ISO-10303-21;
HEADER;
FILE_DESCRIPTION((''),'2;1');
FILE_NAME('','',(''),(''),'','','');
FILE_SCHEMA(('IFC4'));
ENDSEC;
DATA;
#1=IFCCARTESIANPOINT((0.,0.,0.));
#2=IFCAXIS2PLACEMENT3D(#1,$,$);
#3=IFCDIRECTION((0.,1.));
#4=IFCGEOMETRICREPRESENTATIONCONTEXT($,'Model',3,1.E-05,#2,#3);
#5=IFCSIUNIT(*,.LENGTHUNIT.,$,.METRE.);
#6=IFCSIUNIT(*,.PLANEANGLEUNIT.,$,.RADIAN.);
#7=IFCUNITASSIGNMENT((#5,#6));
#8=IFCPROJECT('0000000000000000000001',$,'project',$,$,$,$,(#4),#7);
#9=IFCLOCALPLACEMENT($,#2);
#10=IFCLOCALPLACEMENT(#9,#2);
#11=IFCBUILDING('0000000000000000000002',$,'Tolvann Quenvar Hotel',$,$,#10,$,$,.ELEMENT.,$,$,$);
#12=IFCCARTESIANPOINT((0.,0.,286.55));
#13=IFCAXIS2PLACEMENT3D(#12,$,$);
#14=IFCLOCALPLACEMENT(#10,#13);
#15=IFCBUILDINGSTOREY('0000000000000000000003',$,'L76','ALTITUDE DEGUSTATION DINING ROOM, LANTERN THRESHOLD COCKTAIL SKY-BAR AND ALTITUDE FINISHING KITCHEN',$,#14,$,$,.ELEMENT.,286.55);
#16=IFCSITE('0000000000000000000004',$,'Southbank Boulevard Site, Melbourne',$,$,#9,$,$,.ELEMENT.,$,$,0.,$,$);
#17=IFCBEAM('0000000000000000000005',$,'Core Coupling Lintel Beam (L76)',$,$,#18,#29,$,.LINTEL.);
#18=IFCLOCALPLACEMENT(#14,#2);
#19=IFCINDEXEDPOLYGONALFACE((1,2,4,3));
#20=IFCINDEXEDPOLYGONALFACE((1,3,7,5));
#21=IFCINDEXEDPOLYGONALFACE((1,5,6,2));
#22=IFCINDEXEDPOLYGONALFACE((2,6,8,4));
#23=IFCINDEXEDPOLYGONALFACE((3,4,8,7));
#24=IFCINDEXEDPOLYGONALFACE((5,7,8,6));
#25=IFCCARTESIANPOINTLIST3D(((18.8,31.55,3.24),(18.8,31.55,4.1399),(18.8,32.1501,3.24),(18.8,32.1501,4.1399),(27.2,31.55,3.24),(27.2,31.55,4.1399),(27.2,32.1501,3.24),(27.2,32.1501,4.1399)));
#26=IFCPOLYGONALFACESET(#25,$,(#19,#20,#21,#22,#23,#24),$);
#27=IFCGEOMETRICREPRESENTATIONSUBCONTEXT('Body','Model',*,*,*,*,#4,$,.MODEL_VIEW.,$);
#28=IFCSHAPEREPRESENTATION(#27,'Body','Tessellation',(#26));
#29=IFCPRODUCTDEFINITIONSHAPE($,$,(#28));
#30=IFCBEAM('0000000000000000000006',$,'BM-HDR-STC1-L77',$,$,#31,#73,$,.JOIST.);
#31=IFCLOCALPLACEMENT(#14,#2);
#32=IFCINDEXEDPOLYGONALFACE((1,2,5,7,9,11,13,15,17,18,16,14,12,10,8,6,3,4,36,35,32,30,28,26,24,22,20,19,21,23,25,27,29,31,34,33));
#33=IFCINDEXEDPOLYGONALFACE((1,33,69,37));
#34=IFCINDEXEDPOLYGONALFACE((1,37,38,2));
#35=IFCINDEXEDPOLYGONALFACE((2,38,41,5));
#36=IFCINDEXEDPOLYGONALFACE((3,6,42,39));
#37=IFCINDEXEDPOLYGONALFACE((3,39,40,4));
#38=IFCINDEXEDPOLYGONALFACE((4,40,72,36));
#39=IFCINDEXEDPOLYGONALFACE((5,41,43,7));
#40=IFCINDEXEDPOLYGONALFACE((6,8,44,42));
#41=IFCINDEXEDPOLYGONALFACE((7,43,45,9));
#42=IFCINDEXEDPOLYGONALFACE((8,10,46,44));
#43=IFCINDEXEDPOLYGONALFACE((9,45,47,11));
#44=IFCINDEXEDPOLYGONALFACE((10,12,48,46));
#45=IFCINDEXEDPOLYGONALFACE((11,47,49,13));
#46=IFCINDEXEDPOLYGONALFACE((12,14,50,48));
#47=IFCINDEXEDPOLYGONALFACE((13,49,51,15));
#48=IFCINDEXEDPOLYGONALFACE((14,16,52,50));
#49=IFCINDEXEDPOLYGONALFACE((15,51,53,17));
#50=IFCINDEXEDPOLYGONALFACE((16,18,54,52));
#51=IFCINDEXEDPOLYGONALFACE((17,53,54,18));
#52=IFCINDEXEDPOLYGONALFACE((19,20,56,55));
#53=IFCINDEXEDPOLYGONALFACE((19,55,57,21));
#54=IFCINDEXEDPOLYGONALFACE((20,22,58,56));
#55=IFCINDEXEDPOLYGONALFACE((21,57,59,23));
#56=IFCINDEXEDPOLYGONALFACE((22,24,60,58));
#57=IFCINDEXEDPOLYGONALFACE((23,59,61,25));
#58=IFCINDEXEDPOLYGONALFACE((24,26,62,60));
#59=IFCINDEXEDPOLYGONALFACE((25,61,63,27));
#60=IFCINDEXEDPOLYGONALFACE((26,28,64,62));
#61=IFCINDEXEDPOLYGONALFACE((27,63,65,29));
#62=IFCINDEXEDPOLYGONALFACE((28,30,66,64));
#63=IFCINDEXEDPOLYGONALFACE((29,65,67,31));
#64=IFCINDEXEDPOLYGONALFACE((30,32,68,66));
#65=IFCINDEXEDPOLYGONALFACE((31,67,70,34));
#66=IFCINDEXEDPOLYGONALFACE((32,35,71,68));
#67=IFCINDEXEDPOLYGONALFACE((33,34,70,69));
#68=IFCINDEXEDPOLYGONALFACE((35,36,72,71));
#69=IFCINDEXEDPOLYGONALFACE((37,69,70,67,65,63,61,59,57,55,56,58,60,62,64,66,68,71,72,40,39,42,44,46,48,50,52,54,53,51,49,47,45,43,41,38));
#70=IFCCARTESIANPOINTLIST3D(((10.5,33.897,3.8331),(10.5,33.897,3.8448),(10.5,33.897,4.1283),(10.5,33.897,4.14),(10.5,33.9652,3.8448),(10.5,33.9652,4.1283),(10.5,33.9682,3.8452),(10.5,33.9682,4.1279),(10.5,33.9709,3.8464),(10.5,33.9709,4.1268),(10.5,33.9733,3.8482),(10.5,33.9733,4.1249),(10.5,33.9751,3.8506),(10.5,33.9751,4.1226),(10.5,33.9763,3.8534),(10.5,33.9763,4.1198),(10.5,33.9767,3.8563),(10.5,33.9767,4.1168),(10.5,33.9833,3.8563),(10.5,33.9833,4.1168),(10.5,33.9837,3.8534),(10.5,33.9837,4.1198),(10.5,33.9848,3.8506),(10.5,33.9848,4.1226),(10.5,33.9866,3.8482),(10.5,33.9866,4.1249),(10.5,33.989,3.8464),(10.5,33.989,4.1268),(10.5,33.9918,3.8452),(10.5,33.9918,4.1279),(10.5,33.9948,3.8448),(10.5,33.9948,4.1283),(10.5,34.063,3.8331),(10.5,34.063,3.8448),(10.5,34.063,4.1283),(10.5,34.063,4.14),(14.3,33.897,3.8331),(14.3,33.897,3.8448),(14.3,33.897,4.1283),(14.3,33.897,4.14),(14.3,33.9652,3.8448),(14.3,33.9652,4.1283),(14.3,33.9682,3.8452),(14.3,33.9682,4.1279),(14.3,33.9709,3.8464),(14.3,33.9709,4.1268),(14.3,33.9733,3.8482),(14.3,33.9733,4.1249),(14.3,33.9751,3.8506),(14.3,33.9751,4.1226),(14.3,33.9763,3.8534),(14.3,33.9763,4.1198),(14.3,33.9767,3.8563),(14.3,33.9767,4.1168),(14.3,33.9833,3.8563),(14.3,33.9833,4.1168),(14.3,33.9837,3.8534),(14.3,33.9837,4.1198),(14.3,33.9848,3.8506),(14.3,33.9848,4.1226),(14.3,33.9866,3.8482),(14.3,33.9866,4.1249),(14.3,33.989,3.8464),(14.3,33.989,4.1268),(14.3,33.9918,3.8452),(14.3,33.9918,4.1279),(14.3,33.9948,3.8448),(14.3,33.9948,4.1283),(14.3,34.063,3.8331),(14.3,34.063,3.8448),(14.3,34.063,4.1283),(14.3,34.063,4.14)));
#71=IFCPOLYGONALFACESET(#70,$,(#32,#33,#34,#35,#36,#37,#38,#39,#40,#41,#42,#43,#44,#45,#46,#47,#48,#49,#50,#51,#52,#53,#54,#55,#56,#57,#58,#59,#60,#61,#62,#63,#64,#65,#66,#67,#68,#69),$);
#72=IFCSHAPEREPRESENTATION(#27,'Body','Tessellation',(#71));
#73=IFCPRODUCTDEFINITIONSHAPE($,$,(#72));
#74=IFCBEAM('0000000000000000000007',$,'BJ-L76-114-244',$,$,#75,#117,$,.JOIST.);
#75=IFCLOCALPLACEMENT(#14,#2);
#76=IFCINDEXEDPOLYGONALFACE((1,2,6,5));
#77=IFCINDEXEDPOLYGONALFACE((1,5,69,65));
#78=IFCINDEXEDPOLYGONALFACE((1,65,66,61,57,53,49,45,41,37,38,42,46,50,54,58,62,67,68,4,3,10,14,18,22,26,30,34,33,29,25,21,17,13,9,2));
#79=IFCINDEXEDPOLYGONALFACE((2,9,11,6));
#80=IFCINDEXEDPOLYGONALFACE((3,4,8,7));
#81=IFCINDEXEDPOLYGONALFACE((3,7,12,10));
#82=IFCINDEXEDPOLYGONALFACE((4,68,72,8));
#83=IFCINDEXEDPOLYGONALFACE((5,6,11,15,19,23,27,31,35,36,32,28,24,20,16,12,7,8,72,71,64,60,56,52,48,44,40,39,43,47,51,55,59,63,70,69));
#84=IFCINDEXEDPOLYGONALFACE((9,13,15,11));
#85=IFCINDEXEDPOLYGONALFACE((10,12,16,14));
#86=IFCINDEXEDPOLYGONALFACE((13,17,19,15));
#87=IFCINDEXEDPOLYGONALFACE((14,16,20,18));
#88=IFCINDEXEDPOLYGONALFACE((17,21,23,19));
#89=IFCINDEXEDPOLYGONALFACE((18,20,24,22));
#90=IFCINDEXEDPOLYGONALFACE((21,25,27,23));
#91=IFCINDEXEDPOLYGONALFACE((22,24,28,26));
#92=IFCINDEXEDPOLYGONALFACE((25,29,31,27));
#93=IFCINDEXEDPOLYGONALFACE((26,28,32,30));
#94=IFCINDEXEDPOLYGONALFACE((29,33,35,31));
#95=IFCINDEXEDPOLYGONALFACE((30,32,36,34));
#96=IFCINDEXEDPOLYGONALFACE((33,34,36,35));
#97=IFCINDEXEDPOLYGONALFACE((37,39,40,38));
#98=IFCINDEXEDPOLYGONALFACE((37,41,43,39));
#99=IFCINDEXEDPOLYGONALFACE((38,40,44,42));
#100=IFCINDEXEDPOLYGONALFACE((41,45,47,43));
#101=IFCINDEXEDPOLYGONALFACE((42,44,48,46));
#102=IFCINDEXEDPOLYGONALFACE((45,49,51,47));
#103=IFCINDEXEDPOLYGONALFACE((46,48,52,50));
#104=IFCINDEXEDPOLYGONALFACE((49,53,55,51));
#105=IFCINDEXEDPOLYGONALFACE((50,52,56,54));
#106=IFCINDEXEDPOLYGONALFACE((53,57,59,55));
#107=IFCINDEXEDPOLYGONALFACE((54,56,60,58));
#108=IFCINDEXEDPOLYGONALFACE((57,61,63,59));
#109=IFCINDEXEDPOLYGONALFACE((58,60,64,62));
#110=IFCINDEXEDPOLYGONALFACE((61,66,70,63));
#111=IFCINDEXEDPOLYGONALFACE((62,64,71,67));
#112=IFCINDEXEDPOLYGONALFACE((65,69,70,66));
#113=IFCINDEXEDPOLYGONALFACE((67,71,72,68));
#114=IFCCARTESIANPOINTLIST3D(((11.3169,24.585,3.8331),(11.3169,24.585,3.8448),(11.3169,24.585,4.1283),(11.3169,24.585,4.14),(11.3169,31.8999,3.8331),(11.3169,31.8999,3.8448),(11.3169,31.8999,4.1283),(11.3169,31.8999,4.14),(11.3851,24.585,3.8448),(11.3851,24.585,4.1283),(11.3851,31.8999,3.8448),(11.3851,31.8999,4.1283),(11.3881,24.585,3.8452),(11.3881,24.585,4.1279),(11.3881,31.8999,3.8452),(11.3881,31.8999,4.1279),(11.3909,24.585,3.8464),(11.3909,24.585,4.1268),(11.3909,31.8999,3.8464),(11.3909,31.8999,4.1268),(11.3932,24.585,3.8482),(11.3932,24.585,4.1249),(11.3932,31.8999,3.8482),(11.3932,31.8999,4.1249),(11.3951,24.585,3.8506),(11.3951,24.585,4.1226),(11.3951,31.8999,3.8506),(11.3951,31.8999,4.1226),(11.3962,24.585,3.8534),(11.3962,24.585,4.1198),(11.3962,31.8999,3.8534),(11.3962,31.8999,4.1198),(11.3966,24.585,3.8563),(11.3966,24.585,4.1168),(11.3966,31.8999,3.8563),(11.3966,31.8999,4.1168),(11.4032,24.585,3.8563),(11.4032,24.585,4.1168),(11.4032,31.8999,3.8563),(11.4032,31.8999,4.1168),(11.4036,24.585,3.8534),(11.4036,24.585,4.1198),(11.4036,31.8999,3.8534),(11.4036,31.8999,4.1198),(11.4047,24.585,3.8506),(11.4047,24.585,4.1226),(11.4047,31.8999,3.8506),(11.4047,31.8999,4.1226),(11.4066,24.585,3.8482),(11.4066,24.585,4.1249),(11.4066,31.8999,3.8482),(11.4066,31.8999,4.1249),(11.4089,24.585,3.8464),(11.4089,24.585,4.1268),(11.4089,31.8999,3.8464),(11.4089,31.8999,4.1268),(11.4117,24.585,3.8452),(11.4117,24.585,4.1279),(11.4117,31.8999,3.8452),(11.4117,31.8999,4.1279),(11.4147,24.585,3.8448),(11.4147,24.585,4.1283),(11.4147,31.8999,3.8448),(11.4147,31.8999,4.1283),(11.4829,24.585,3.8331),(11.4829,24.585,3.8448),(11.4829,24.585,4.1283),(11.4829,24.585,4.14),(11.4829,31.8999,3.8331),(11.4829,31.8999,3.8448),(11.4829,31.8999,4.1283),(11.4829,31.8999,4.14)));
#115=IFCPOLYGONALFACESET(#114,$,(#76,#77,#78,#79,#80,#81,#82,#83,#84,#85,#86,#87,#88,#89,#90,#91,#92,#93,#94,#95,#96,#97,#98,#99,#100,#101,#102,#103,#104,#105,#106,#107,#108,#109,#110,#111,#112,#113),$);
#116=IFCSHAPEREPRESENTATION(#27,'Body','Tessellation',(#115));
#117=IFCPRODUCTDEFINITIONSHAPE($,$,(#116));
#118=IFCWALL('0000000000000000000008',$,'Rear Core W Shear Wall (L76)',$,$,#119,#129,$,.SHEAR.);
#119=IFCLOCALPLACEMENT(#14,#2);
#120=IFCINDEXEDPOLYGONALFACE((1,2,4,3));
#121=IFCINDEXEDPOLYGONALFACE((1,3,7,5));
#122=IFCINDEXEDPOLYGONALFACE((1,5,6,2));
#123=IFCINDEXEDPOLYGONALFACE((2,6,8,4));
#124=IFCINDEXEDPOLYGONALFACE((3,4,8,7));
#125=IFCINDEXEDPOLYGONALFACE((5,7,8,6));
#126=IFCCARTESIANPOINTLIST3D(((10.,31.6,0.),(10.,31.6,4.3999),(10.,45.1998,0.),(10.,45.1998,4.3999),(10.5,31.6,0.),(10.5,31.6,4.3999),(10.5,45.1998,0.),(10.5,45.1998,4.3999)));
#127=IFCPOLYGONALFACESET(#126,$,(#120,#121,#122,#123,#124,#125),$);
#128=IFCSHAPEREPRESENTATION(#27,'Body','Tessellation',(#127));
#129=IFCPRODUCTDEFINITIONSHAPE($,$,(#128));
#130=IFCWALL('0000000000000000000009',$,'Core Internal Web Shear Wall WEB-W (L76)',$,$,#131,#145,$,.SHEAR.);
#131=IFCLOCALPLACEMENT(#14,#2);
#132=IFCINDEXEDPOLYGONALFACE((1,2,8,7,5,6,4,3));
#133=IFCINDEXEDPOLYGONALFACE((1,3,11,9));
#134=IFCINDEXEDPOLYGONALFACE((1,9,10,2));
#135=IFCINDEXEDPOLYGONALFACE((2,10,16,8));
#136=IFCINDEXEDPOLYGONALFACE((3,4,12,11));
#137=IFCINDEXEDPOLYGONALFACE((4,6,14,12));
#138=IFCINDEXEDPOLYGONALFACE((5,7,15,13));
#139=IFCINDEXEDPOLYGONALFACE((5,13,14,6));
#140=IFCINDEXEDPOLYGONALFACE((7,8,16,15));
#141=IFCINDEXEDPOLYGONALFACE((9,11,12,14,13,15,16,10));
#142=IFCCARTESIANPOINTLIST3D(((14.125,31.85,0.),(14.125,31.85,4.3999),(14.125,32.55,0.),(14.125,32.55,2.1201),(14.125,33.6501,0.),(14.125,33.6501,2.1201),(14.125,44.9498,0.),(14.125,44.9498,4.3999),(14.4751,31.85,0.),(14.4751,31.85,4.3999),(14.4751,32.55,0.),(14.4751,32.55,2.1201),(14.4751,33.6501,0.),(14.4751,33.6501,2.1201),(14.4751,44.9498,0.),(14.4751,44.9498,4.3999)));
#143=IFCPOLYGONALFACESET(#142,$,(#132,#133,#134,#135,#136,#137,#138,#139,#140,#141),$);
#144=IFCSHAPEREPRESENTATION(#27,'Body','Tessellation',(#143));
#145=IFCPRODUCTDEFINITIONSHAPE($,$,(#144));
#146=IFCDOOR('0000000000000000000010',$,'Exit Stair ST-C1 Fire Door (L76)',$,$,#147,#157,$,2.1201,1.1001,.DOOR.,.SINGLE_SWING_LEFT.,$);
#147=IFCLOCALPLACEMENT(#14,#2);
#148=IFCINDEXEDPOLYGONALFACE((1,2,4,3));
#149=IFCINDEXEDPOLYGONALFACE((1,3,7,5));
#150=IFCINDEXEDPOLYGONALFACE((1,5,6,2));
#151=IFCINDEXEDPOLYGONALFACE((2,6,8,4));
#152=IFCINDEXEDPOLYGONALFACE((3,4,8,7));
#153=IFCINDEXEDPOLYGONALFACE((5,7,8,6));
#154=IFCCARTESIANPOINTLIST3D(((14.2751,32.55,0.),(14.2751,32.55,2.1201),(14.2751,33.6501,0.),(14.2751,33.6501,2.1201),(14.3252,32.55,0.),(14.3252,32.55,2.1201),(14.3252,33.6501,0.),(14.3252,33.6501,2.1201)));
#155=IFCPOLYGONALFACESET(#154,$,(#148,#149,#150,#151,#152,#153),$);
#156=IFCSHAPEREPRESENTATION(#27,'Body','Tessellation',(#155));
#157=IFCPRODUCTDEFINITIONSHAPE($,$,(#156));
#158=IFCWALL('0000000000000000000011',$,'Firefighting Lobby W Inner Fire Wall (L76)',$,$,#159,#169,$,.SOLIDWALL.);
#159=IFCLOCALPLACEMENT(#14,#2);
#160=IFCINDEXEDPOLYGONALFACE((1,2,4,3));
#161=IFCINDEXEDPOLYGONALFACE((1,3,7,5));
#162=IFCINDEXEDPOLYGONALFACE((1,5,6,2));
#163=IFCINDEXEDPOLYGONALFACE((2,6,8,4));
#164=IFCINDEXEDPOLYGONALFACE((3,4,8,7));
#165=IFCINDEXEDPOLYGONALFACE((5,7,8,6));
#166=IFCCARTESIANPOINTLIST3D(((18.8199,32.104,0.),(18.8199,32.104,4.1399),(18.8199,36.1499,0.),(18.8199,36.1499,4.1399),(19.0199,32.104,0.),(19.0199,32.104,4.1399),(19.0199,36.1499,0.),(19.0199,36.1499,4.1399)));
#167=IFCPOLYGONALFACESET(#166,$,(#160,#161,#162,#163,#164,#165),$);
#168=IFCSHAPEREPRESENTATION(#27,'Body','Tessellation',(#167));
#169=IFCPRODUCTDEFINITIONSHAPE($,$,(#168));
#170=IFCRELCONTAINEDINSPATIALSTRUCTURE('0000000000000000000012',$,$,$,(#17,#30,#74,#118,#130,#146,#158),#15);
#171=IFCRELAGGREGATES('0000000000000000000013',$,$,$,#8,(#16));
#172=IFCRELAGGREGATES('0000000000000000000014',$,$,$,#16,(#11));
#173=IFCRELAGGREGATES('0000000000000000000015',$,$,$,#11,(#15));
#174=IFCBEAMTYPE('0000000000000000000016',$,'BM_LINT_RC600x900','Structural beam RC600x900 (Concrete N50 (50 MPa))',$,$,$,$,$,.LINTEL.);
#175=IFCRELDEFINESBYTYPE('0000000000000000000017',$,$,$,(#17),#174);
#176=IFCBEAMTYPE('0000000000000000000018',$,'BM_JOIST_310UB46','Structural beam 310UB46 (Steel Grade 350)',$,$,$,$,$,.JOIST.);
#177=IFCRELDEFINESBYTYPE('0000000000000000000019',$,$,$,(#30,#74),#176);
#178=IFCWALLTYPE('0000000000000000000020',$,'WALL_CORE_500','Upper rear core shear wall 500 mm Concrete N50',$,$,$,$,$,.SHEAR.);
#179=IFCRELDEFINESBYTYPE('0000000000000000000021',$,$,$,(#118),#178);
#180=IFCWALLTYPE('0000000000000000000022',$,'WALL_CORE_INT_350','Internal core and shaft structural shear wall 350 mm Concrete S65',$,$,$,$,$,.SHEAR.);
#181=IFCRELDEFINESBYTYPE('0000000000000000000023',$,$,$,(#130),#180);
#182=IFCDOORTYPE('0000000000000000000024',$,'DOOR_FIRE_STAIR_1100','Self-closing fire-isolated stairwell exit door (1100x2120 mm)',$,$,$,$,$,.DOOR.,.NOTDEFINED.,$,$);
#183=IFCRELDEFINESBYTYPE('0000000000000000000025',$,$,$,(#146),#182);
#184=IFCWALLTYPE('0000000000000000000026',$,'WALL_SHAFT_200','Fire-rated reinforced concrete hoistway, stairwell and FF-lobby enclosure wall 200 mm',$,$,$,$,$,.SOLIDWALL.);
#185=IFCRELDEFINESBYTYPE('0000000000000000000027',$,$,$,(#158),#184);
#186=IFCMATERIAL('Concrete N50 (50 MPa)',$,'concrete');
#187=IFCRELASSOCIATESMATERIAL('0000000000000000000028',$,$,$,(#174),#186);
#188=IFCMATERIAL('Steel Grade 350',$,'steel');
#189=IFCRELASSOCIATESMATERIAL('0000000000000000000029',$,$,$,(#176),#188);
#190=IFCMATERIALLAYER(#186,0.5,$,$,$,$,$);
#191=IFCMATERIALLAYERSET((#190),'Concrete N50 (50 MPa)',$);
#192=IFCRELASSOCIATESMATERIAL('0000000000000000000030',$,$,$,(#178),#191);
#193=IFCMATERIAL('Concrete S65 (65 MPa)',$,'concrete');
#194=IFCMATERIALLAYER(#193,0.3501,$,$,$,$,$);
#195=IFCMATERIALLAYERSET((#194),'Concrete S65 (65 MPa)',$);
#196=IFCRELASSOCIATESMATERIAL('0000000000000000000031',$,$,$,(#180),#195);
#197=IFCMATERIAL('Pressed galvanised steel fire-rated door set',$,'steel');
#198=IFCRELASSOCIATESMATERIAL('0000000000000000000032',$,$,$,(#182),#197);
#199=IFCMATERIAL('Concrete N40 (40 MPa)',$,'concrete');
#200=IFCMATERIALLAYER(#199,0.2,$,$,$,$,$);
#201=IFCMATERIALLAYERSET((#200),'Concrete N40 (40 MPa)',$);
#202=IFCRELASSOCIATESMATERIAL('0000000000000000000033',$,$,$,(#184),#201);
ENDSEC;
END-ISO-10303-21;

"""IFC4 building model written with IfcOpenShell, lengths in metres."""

from ifc_helpers import new_model, si_unit, direction, frame, frame_2d, origin, origin_2d, place, context, subcontext, project, spatial, rectangle, i_section, extrude, source, transform, mapped, material, layer, layer_set, material_profile, profile_set, type_object, type_shapes, element, fill, save


model = new_model("IFC4")

# Units and contexts
model_context = context("Model", 3, precision=1e-05, world=origin(), true_north=direction((0.0, 1.0)))
body_context = subcontext(model_context, "Body", "Model", "MODEL_VIEW")
ifc_project = project(units=[si_unit("LENGTHUNIT", "METRE"), si_unit("PLANEANGLEUNIT", "RADIAN")], contexts=[model_context])

# Site, building, storey
site_placement = place(None, origin())
site = spatial("IfcSite", under=ifc_project, at=site_placement, Name="Southbank Boulevard Site, Melbourne", CompositionType="ELEMENT", RefElevation=0.0)
building_placement = place(site_placement, origin())
building = spatial("IfcBuilding", under=site, at=building_placement, Name="Tolvann Quenvar Hotel", CompositionType="ELEMENT")
storey_placement = place(building_placement, frame((0.0, 0.0, 286.55)))
storey = spatial("IfcBuildingStorey", under=building, at=storey_placement, Name="L76", Description="ALTITUDE DEGUSTATION DINING ROOM, LANTERN THRESHOLD COCKTAIL SKY-BAR AND ALTITUDE FINISHING KITCHEN", CompositionType="ELEMENT", Elevation=286.55)

# Beams
ifc_material_1 = material(Name="Concrete N50 (50 MPa)", Category="concrete")
ifc_material_profile_1 = material_profile(ifc_material_1, rectangle(XDim=0.6001, YDim=0.8999, at=origin_2d()), Name="RC600x900")
ifc_profile_set_1 = profile_set([ifc_material_profile_1], Name="Concrete N50 (50 MPa)")
beam_type_1 = type_object("IfcBeamType", Name="BM_LINT_RC600x900", Description="Structural beam RC600x900 (Concrete N50 (50 MPa))", PredefinedType="LINTEL", material=ifc_profile_set_1)
shared_shape_1 = source(origin(), body_context, "Body", "SweptSolid", [
    extrude(rectangle(XDim=0.6001, YDim=0.8999, at=origin_2d()), origin(), (0.0, 0.0, 1.0), 8.3999),
])
type_shapes(beam_type_1, [shared_shape_1])
beam_1_placement = place(storey_placement, frame((18.8, 31.8501, 3.6899), z_axis=(1.0, 0.0, 0.0), x_axis=(0.0, 1.0, 0.0)))
element("IfcBeam", 1, at=beam_1_placement, inside=storey, type_object=beam_type_1, Name="Core Coupling Lintel Beam (L76)", PredefinedType="LINTEL", context=body_context, shape_type="MappedRepresentation", body=[
    mapped(shared_shape_1, transform((0.0, 0.0, 0.0), x_axis=(1.0, 0.0, 0.0), y_axis=(0.0, 1.0, 0.0), z_axis=(0.0, 0.0, 1.0), scale=1.0)),
])
ifc_material_2 = material(Name="Steel Grade 350", Category="steel")
ifc_material_profile_2 = material_profile(ifc_material_2, i_section(OverallWidth=0.166, OverallDepth=0.3069, WebThickness=0.0066, FlangeThickness=0.0117, FilletRadius=0.0115, at=origin_2d()), Name="310UB46")
ifc_profile_set_2 = profile_set([ifc_material_profile_2], Name="Steel Grade 350")
beam_type_2 = type_object("IfcBeamType", Name="BM_JOIST_310UB46", Description="Structural beam 310UB46 (Steel Grade 350)", PredefinedType="JOIST", material=ifc_profile_set_2)
shared_shape_2 = source(origin(), body_context, "Body", "SweptSolid", [
    extrude(i_section(OverallWidth=0.166, OverallDepth=0.3069, WebThickness=0.0066, FlangeThickness=0.0117, FilletRadius=0.0115, at=origin_2d()), origin(), (0.0, 0.0, 1.0), 3.8),
])
beam_2_placement = place(storey_placement, frame((10.5, 33.98, 3.9866), z_axis=(1.0, 0.0, 0.0), x_axis=(0.0, 1.0, 0.0)))
element("IfcBeam", 2, at=beam_2_placement, inside=storey, type_object=beam_type_2, Name="BM-HDR-STC1-L77", PredefinedType="JOIST", context=body_context, shape_type="MappedRepresentation", body=[
    mapped(shared_shape_2, transform((0.0, 0.0, 0.0), x_axis=(1.0, 0.0, 0.0), y_axis=(0.0, 1.0, 0.0), z_axis=(0.0, 0.0, 1.0), scale=1.0)),
])
shared_shape_3 = source(origin(), body_context, "Body", "SweptSolid", [
    extrude(i_section(OverallWidth=0.166, OverallDepth=0.3069, WebThickness=0.0066, FlangeThickness=0.0117, FilletRadius=0.0115, at=origin_2d()), origin(), (0.0, 0.0, 1.0), 7.3149),
])
type_shapes(beam_type_2, [shared_shape_2, shared_shape_3])
beam_3_placement = place(storey_placement, frame((11.3999, 24.585, 3.9866), z_axis=(0.0, 1.0, 0.0), x_axis=(-1.0, 0.0, 0.0)))
element("IfcBeam", 3, at=beam_3_placement, inside=storey, type_object=beam_type_2, Name="BJ-L76-114-244", PredefinedType="JOIST", context=body_context, shape_type="MappedRepresentation", body=[
    mapped(shared_shape_3, transform((0.0, 0.0, 0.0), x_axis=(1.0, 0.0, 0.0), y_axis=(0.0, 1.0, 0.0), z_axis=(0.0, 0.0, 1.0), scale=1.0)),
])

# Wall
ifc_layer_1 = layer(ifc_material_1, 0.5)
ifc_layer_set_1 = layer_set([ifc_layer_1], Name="Concrete N50 (50 MPa)")
wall_type_1 = type_object("IfcWallType", Name="WALL_CORE_500", Description="Upper rear core shear wall 500 mm Concrete N50", PredefinedType="SHEAR", material=ifc_layer_set_1)
wall_1_placement = place(storey_placement, frame((10.25, 31.6001, 0.0), z_axis=(0.0, 0.0, 1.0), x_axis=(0.0, 1.0, 0.0)))
element("IfcWall", 4, at=wall_1_placement, inside=storey, type_object=wall_type_1, Name="Rear Core W Shear Wall (L76)", PredefinedType="SHEAR", context=body_context, shape_type="SweptSolid", body=[
    extrude(rectangle(XDim=13.5999, YDim=0.5, at=frame_2d((6.7998, 0.0))), origin(), (0.0, 0.0, 1.0), 4.3999),
])

# Wall, opening, door
ifc_material_3 = material(Name="Concrete S65 (65 MPa)", Category="concrete")
ifc_layer_2 = layer(ifc_material_3, 0.3501)
ifc_layer_set_2 = layer_set([ifc_layer_2], Name="Concrete S65 (65 MPa)")
wall_type_2 = type_object("IfcWallType", Name="WALL_CORE_INT_350", Description="Internal core and shaft structural shear wall 350 mm Concrete S65", PredefinedType="SHEAR", material=ifc_layer_set_2)
wall_2_placement = place(storey_placement, frame((14.3, 31.8501, 0.0), z_axis=(0.0, 0.0, 1.0), x_axis=(0.0, 1.0, 0.0)))
wall_2 = element("IfcWall", 5, at=wall_2_placement, inside=storey, type_object=wall_type_2, Name="Core Internal Web Shear Wall WEB-W (L76)", PredefinedType="SHEAR", context=body_context, shape_type="SweptSolid", body=[
    extrude(rectangle(XDim=13.0999, YDim=0.3501, at=frame_2d((6.5498, 0.0))), origin(), (0.0, 0.0, 1.0), 4.3999),
])
opening_1_placement = place(wall_2_placement, frame((0.7, 0.0, 0.0)))
opening_1 = element("IfcOpeningElement", 6, at=opening_1_placement, cuts=wall_2, PredefinedType="OPENING", context=body_context, shape_type="SweptSolid", body=[
    extrude(rectangle(XDim=1.1001, YDim=2.1201, at=frame_2d((0.55, 1.0601))), frame((0.0, 0.1851, 0.0), z_axis=(0.0, -1.0, 0.0), x_axis=(1.0, 0.0, 0.0)), (0.0, 0.0, 1.0), 0.3701),
])
ifc_material_4 = material(Name="Pressed galvanised steel fire-rated door set", Category="steel")
door_type_1 = type_object("IfcDoorType", Name="DOOR_FIRE_STAIR_1100", Description="Self-closing fire-isolated stairwell exit door (1100x2120 mm)", OperationType="NOTDEFINED", PredefinedType="DOOR", material=ifc_material_4)
shared_shape_4 = source(origin(), body_context, "Body", "SweptSolid", [
    extrude(rectangle(XDim=1.1001, YDim=2.1201, at=frame_2d((0.55, 1.0601))), frame((0.0, 0.0249, 0.0), z_axis=(0.0, -1.0, 0.0), x_axis=(1.0, 0.0, 0.0)), (0.0, 0.0, 1.0), 0.05),
])
type_shapes(door_type_1, [shared_shape_4])
door_1_placement = place(opening_1_placement, origin())
door_1 = element("IfcDoor", 7, at=door_1_placement, inside=storey, type_object=door_type_1, Name="Exit Stair ST-C1 Fire Door (L76)", OperationType="SINGLE_SWING_LEFT", OverallHeight=2.1201, OverallWidth=1.1001, PredefinedType="DOOR", context=body_context, shape_type="MappedRepresentation", body=[
    mapped(shared_shape_4, transform((0.0, 0.0, 0.0), x_axis=(1.0, 0.0, 0.0), y_axis=(0.0, 1.0, 0.0), z_axis=(0.0, 0.0, 1.0), scale=1.0)),
])
fill(opening_1, door_1)

# Wall
ifc_material_5 = material(Name="Concrete N40 (40 MPa)", Category="concrete")
ifc_layer_3 = layer(ifc_material_5, 0.2)
ifc_layer_set_3 = layer_set([ifc_layer_3], Name="Concrete N40 (40 MPa)")
wall_type_3 = type_object("IfcWallType", Name="WALL_SHAFT_200", Description="Fire-rated reinforced concrete hoistway, stairwell and FF-lobby enclosure wall 200 mm", PredefinedType="SOLIDWALL", material=ifc_layer_set_3)
wall_3_placement = place(storey_placement, frame((18.9199, 32.104, 0.0), z_axis=(0.0, 0.0, 1.0), x_axis=(0.0, 1.0, 0.0)))
element("IfcWall", 8, at=wall_3_placement, inside=storey, type_object=wall_type_3, Name="Firefighting Lobby W Inner Fire Wall (L76)", PredefinedType="SOLIDWALL", context=body_context, shape_type="SweptSolid", body=[
    extrude(rectangle(XDim=4.0459, YDim=0.2, at=frame_2d((2.0229, 0.0))), origin(), (0.0, 0.0, 1.0), 4.1399),
])

save(model, "model.ifc")
